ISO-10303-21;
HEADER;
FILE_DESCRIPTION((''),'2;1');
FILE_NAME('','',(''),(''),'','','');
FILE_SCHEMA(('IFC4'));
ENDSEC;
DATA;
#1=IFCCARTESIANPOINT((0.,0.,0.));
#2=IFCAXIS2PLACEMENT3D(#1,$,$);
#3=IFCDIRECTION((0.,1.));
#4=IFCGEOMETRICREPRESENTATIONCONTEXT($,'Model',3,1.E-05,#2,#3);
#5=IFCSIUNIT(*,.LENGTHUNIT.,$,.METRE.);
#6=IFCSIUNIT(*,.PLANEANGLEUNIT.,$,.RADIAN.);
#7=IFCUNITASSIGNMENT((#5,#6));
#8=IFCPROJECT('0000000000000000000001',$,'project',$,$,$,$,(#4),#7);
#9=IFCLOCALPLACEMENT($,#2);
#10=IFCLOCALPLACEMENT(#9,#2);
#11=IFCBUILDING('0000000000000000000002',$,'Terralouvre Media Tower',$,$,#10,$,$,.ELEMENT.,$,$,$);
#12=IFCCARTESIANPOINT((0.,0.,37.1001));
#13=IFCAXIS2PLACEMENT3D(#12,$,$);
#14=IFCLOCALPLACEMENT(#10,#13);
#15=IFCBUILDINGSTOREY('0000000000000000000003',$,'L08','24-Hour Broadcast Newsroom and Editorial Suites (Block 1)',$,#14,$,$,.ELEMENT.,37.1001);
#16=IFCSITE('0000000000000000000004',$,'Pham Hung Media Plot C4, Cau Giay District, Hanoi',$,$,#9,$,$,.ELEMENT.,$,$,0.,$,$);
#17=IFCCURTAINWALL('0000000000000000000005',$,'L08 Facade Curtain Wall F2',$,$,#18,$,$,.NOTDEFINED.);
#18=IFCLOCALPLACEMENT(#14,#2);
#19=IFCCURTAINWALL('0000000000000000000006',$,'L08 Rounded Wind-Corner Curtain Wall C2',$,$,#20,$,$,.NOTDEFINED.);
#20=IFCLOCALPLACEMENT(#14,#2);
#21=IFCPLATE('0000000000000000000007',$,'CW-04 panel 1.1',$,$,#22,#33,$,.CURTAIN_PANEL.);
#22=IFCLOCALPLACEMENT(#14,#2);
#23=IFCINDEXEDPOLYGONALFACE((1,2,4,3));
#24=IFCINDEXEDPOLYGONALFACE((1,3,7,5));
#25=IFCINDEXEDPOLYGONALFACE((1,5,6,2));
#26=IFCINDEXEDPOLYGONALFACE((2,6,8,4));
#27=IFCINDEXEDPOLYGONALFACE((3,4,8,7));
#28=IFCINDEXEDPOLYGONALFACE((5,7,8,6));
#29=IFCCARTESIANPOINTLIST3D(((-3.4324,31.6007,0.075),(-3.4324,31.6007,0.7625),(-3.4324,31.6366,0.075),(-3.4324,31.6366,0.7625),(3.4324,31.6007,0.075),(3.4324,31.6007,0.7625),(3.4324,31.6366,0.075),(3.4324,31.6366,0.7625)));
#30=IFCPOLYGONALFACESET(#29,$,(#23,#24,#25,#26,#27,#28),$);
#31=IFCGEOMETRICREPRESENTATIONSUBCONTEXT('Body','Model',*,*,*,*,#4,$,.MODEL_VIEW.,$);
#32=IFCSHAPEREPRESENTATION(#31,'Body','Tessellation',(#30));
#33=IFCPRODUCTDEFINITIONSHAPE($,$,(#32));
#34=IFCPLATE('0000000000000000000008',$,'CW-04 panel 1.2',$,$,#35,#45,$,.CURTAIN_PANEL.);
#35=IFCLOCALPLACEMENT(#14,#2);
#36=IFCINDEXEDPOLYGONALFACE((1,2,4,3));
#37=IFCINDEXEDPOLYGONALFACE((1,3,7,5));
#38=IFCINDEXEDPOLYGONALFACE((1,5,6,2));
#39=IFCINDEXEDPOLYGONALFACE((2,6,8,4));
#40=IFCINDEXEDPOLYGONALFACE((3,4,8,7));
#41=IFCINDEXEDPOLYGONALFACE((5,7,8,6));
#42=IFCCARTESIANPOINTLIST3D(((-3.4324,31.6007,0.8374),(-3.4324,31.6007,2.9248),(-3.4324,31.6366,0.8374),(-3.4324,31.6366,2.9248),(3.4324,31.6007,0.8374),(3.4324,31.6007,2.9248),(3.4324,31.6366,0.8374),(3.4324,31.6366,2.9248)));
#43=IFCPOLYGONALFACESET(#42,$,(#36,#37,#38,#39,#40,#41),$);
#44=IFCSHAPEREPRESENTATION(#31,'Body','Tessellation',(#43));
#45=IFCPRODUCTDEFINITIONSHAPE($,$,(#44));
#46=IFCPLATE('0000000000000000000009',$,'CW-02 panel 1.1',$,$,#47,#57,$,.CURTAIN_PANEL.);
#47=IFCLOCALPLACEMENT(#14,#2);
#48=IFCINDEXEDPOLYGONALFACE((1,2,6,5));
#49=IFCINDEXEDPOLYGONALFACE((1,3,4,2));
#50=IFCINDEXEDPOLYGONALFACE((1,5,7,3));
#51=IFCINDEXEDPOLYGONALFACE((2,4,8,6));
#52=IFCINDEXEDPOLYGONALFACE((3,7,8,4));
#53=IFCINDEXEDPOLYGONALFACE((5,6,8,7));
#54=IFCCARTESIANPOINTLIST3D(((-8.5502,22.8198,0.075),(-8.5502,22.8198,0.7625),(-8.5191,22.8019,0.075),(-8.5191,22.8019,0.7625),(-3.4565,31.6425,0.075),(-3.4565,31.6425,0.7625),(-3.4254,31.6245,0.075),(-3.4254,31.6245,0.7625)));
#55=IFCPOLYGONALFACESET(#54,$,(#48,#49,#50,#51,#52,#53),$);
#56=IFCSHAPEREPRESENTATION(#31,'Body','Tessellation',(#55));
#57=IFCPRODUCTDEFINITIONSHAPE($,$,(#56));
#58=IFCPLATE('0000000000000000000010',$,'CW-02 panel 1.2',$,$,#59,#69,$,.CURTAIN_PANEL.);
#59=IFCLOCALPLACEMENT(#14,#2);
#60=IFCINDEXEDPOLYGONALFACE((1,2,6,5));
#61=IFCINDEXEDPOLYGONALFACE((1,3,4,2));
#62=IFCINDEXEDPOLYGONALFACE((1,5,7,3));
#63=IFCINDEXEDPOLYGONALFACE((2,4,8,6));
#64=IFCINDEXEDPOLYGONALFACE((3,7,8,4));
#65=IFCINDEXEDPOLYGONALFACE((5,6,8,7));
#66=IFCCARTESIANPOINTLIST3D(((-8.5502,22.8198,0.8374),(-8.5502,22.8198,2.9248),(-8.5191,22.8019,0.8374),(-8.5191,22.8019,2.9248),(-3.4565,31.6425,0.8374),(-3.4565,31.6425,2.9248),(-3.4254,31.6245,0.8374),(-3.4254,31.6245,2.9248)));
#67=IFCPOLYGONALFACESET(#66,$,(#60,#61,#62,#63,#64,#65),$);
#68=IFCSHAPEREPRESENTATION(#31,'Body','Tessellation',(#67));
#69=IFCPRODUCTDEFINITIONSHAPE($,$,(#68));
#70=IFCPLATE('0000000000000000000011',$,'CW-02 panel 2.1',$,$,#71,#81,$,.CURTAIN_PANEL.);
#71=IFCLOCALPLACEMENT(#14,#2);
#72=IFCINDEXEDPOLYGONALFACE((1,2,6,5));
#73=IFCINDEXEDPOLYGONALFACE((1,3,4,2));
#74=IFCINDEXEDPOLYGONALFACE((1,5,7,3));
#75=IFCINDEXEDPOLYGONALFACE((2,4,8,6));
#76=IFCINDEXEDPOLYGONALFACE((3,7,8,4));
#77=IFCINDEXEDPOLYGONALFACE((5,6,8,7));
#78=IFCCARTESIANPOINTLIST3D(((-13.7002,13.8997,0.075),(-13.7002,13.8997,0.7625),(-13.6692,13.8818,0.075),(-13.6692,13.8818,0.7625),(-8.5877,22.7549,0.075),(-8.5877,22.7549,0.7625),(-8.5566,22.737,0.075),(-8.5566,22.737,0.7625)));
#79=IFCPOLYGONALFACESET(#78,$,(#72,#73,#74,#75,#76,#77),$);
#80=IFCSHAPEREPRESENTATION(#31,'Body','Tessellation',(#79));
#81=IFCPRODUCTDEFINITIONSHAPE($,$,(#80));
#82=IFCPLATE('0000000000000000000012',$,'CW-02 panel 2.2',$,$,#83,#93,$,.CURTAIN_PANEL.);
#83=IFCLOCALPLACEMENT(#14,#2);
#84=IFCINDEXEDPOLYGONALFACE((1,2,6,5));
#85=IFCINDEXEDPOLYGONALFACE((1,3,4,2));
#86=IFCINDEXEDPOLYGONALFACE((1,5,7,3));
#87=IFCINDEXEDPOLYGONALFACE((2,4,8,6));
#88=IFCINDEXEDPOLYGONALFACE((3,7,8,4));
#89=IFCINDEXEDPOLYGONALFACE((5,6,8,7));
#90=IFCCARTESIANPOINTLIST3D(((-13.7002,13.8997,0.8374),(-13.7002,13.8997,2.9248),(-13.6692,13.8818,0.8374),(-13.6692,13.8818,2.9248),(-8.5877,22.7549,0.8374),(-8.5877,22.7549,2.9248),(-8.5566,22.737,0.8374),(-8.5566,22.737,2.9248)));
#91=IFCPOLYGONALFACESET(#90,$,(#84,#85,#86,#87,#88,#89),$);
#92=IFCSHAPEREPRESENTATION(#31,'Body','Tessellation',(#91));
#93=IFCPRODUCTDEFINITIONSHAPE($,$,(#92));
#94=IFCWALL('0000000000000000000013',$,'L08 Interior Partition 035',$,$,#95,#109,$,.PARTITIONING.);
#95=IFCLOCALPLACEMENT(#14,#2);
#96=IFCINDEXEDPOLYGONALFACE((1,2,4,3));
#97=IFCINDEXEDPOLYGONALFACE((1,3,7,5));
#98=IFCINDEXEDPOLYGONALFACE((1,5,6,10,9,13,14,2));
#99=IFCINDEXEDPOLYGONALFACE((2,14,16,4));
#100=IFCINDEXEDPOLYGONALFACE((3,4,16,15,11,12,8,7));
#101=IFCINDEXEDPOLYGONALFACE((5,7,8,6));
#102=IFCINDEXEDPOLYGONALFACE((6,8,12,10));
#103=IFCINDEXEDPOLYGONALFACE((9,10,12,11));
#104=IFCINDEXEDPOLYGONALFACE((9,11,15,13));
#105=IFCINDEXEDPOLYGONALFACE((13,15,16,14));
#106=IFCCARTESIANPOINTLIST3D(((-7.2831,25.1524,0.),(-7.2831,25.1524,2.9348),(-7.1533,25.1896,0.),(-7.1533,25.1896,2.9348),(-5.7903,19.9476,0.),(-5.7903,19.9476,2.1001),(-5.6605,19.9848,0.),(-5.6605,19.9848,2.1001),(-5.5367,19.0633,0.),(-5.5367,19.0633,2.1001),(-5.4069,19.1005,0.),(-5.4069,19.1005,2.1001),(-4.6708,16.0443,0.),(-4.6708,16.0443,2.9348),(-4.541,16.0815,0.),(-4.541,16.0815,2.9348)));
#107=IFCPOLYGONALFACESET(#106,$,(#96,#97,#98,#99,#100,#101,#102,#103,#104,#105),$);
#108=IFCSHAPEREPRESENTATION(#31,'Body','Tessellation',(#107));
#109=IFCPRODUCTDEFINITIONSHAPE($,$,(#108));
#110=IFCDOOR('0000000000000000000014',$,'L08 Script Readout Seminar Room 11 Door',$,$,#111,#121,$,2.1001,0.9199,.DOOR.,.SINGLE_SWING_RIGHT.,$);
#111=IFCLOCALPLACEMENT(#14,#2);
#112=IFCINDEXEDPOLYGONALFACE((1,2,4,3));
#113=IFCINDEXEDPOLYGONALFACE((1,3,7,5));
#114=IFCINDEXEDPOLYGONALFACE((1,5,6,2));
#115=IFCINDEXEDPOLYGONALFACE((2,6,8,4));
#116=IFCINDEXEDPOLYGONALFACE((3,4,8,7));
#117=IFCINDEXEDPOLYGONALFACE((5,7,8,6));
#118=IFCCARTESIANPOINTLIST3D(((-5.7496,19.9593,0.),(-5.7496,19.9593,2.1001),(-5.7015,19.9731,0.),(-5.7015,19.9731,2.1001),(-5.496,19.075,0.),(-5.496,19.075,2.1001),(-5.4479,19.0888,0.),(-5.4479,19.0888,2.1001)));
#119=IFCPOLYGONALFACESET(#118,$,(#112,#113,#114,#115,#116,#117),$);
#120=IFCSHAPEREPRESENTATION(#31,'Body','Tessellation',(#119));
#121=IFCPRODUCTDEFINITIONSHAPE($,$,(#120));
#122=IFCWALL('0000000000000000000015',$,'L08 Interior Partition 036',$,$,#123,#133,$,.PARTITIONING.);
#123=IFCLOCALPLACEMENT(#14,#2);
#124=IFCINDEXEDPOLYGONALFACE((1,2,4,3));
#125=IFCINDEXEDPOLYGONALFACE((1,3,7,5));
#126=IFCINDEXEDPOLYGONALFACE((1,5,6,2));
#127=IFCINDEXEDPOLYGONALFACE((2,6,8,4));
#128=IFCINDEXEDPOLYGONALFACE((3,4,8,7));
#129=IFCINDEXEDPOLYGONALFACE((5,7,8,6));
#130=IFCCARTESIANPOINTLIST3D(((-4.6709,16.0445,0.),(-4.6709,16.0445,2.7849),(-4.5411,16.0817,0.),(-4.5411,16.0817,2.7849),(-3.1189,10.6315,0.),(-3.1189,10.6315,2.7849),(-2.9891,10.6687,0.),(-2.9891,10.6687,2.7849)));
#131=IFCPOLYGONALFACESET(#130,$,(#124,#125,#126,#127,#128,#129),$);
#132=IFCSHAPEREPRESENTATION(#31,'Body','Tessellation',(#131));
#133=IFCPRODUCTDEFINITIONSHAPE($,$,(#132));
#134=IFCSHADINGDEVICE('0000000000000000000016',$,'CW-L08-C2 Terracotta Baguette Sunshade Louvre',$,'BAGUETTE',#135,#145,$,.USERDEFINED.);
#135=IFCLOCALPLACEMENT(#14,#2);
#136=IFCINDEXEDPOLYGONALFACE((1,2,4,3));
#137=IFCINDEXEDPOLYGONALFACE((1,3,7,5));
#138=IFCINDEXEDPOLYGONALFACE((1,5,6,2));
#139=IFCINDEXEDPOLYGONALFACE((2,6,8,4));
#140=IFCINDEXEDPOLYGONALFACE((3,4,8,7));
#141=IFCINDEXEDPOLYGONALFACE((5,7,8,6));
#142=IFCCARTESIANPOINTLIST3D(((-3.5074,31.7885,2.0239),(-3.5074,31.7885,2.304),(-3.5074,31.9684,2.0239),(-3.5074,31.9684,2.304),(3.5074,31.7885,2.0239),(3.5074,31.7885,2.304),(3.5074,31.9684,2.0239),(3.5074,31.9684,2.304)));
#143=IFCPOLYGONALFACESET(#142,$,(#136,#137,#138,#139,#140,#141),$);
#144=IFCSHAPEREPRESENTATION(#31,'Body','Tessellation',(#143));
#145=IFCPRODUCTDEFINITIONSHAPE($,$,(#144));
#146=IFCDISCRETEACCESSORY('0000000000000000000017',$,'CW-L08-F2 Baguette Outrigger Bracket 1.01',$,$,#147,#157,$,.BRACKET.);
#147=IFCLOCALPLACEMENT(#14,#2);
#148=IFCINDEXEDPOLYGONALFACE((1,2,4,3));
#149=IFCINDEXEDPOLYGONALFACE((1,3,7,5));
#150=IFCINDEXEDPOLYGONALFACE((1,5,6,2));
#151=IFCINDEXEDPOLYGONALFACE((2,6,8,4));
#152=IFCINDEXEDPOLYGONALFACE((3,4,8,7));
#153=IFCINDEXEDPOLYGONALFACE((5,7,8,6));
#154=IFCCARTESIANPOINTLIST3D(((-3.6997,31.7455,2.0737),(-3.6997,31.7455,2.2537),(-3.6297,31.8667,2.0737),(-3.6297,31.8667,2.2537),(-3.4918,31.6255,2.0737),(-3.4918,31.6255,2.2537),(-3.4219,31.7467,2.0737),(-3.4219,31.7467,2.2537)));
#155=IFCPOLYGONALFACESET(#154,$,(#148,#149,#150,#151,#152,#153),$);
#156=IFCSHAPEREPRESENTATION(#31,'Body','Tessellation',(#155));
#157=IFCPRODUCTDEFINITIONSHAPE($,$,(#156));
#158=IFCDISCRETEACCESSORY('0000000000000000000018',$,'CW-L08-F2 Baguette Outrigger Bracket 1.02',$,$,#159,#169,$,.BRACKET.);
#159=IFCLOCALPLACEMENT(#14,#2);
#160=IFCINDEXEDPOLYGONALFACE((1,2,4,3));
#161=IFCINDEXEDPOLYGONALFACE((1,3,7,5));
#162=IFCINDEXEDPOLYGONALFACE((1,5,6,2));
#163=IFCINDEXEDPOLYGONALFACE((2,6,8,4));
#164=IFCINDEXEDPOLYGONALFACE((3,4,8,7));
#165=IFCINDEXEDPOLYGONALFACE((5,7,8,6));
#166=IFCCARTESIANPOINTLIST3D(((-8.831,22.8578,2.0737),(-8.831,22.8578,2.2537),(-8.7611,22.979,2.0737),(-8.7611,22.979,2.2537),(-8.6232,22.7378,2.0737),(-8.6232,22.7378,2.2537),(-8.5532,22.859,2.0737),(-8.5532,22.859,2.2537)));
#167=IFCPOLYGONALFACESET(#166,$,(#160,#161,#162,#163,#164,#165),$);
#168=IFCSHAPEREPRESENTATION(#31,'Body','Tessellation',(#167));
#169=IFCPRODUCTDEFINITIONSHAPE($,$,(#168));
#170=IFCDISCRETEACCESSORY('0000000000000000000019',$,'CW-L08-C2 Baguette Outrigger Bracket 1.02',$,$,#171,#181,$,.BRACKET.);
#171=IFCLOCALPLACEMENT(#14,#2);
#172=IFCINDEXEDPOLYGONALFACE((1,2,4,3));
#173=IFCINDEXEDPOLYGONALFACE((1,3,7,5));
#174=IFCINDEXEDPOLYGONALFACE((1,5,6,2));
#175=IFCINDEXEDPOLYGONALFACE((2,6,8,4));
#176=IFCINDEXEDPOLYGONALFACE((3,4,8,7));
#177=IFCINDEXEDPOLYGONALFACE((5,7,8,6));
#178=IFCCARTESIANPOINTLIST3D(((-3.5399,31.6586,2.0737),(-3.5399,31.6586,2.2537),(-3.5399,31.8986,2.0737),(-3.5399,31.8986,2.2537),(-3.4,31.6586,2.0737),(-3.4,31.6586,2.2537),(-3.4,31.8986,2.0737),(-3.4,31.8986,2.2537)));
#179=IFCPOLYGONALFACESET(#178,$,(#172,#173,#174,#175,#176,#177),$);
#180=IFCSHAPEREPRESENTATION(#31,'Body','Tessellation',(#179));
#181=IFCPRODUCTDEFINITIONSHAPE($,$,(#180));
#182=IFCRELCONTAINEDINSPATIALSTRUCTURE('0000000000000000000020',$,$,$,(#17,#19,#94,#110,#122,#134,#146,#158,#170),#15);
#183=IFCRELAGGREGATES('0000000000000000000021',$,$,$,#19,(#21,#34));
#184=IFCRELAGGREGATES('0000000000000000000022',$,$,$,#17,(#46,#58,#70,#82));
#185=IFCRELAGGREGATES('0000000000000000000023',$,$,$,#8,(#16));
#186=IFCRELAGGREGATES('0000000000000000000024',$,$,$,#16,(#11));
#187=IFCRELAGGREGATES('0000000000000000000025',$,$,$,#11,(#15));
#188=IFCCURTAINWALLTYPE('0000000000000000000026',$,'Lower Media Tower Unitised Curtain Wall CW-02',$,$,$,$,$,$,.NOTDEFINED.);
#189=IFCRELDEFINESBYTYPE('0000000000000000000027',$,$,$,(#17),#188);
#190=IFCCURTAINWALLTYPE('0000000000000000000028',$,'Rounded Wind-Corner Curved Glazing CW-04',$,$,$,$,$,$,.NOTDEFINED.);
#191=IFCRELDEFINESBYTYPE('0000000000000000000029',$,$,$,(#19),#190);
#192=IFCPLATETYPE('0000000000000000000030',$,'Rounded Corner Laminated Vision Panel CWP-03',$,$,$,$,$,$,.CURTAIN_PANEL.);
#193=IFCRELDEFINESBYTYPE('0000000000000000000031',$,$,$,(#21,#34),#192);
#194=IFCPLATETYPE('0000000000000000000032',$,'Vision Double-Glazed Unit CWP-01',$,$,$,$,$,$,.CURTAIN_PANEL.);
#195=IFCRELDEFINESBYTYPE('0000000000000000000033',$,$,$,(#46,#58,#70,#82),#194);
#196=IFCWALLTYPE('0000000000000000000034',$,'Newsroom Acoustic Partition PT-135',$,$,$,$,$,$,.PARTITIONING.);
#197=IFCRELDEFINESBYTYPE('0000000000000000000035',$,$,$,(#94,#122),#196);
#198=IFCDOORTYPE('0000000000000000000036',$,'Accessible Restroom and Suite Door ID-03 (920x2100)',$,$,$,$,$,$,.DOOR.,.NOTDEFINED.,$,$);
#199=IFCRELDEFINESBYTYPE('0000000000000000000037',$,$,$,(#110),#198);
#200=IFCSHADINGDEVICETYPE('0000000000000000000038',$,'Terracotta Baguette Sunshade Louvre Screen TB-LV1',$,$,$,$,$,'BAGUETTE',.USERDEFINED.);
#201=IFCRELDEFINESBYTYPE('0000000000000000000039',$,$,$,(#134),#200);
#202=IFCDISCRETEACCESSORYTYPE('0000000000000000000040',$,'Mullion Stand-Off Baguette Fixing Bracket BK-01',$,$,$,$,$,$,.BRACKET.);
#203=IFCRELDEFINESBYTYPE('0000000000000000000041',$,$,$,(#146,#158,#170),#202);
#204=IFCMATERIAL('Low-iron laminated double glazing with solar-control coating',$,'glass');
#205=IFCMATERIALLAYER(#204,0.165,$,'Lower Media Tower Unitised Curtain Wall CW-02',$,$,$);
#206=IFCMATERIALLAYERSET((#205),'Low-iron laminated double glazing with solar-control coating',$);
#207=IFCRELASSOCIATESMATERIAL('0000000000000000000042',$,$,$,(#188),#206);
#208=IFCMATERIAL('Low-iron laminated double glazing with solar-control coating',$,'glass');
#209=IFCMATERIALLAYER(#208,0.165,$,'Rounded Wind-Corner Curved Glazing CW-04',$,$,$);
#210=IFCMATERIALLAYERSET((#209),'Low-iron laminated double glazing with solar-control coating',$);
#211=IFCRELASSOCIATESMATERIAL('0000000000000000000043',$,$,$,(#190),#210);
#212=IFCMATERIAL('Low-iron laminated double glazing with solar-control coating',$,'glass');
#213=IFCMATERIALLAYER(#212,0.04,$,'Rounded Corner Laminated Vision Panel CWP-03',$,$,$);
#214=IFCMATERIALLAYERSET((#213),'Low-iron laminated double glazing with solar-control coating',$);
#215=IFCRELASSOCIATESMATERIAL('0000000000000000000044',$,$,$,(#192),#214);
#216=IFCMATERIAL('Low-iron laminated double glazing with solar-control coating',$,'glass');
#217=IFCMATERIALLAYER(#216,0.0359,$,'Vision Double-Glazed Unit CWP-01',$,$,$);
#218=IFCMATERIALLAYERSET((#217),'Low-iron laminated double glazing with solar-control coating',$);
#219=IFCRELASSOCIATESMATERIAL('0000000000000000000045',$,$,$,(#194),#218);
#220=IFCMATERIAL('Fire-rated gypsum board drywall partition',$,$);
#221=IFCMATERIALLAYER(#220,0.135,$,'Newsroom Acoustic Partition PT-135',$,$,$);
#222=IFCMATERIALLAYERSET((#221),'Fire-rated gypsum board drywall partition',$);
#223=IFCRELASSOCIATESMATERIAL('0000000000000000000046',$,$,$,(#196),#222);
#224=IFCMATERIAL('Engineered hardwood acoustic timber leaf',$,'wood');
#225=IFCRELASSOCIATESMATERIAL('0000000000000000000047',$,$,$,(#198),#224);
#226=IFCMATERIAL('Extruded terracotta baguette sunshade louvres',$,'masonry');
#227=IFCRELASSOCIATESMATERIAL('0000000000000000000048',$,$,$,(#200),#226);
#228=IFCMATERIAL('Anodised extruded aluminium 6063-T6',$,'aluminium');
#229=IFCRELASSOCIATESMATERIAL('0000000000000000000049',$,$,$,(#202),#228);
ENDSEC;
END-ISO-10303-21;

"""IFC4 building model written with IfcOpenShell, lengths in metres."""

from ifc_helpers import new_model, si_unit, direction, frame, frame_2d, origin, origin_2d, place, context, subcontext, project, spatial, rectangle, extrude, material, layer, layer_set, type_object, element, fill, aggregate, save


model = new_model("IFC4")

# Units and contexts
model_context = context("Model", 3, precision=1e-05, world=origin(), true_north=direction((0.0, 1.0)))
body_context = subcontext(model_context, "Body", "Model", "MODEL_VIEW")
ifc_project = project(units=[si_unit("LENGTHUNIT", "METRE"), si_unit("PLANEANGLEUNIT", "RADIAN")], contexts=[model_context])

# Site, building, storey
site_placement = place(None, origin())
site = spatial("IfcSite", under=ifc_project, at=site_placement, Name="Pham Hung Media Plot C4, Cau Giay District, Hanoi", CompositionType="ELEMENT", RefElevation=0.0)
building_placement = place(site_placement, origin())
building = spatial("IfcBuilding", under=site, at=building_placement, Name="Terralouvre Media Tower", CompositionType="ELEMENT")
storey_placement = place(building_placement, frame((0.0, 0.0, 37.1001)))
storey = spatial("IfcBuildingStorey", under=building, at=storey_placement, Name="L08", Description="24-Hour Broadcast Newsroom and Editorial Suites (Block 1)", CompositionType="ELEMENT", Elevation=37.1001)

# Curtain wall
ifc_material_1 = material(Name="Low-iron laminated double glazing with solar-control coating", Category="glass")
ifc_layer_1 = layer(ifc_material_1, 0.165, Name="Lower Media Tower Unitised Curtain Wall CW-02")
ifc_layer_set_1 = layer_set([ifc_layer_1], Name="Low-iron laminated double glazing with solar-control coating")
curtain_wall_type_1 = type_object("IfcCurtainWallType", Name="Lower Media Tower Unitised Curtain Wall CW-02", PredefinedType="NOTDEFINED", material=ifc_layer_set_1)
curtain_wall_1_placement = place(storey_placement, origin())
curtain_wall_1 = element("IfcCurtainWall", 1, at=curtain_wall_1_placement, inside=storey, type_object=curtain_wall_type_1, Name="L08 Facade Curtain Wall F2", PredefinedType="NOTDEFINED")

# Curtain wall
ifc_material_2 = material(Name="Low-iron laminated double glazing with solar-control coating", Category="glass")
ifc_layer_2 = layer(ifc_material_2, 0.165, Name="Rounded Wind-Corner Curved Glazing CW-04")
ifc_layer_set_2 = layer_set([ifc_layer_2], Name="Low-iron laminated double glazing with solar-control coating")
curtain_wall_type_2 = type_object("IfcCurtainWallType", Name="Rounded Wind-Corner Curved Glazing CW-04", PredefinedType="NOTDEFINED", material=ifc_layer_set_2)
curtain_wall_2_placement = place(storey_placement, origin())
curtain_wall_2 = element("IfcCurtainWall", 2, at=curtain_wall_2_placement, inside=storey, type_object=curtain_wall_type_2, Name="L08 Rounded Wind-Corner Curtain Wall C2", PredefinedType="NOTDEFINED")

# Plates
ifc_material_3 = material(Name="Low-iron laminated double glazing with solar-control coating", Category="glass")
ifc_layer_3 = layer(ifc_material_3, 0.04, Name="Rounded Corner Laminated Vision Panel CWP-03")
ifc_layer_set_3 = layer_set([ifc_layer_3], Name="Low-iron laminated double glazing with solar-control coating")
plate_type_1 = type_object("IfcPlateType", Name="Rounded Corner Laminated Vision Panel CWP-03", PredefinedType="CURTAIN_PANEL", material=ifc_layer_set_3)
plate_1_placement = place(storey_placement, frame((0.0, 31.6187, 0.075), z_axis=(0.0, 0.0, 1.0), x_axis=(-1.0, 0.0, 0.0)))
plate_1 = element("IfcPlate", 3, at=plate_1_placement, type_object=plate_type_1, Name="CW-04 panel 1.1", PredefinedType="CURTAIN_PANEL", context=body_context, shape_type="SweptSolid", body=[
    extrude(rectangle(XDim=6.8647, YDim=0.0359, at=origin_2d()), origin(), (0.0, 0.0, 1.0), 0.6875),
])
plate_2_placement = place(storey_placement, frame((0.0, 31.6187, 0.8374), z_axis=(0.0, 0.0, 1.0), x_axis=(-1.0, 0.0, 0.0)))
plate_2 = element("IfcPlate", 4, at=plate_2_placement, type_object=plate_type_1, Name="CW-04 panel 1.2", PredefinedType="CURTAIN_PANEL", context=body_context, shape_type="SweptSolid", body=[
    extrude(rectangle(XDim=6.8647, YDim=0.0359, at=origin_2d()), origin(), (0.0, 0.0, 1.0), 2.0874),
])
aggregate(curtain_wall_2, [plate_1, plate_2])
ifc_material_4 = material(Name="Low-iron laminated double glazing with solar-control coating", Category="glass")
ifc_layer_4 = layer(ifc_material_4, 0.0359, Name="Vision Double-Glazed Unit CWP-01")
ifc_layer_set_4 = layer_set([ifc_layer_4], Name="Low-iron laminated double glazing with solar-control coating")
plate_type_2 = type_object("IfcPlateType", Name="Vision Double-Glazed Unit CWP-01", PredefinedType="CURTAIN_PANEL", material=ifc_layer_set_4)
plate_3_placement = place(storey_placement, frame((-5.9878, 27.2222, 0.075), z_axis=(0.0, 0.0, 1.0), x_axis=(-0.5, -0.866025, 0.0)))
plate_3 = element("IfcPlate", 5, at=plate_3_placement, type_object=plate_type_2, Name="CW-02 panel 1.1", PredefinedType="CURTAIN_PANEL", context=body_context, shape_type="SweptSolid", body=[
    extrude(rectangle(XDim=10.1875, YDim=0.0359, at=origin_2d()), origin(), (0.0, 0.0, 1.0), 0.6875),
])
plate_4_placement = place(storey_placement, frame((-5.9878, 27.2222, 0.8374), z_axis=(0.0, 0.0, 1.0), x_axis=(-0.5, -0.866025, 0.0)))
plate_4 = element("IfcPlate", 6, at=plate_4_placement, type_object=plate_type_2, Name="CW-02 panel 1.2", PredefinedType="CURTAIN_PANEL", context=body_context, shape_type="SweptSolid", body=[
    extrude(rectangle(XDim=10.1875, YDim=0.0359, at=origin_2d()), origin(), (0.0, 0.0, 1.0), 2.0874),
])
plate_5_placement = place(storey_placement, frame((-11.1284, 18.3184, 0.075), z_axis=(0.0, 0.0, 1.0), x_axis=(-0.5, -0.866025, 0.0)))
plate_5 = element("IfcPlate", 7, at=plate_5_placement, type_object=plate_type_2, Name="CW-02 panel 2.1", PredefinedType="CURTAIN_PANEL", context=body_context, shape_type="SweptSolid", body=[
    extrude(rectangle(XDim=10.2251, YDim=0.0359, at=origin_2d()), origin(), (0.0, 0.0, 1.0), 0.6875),
])
plate_6_placement = place(storey_placement, frame((-11.1284, 18.3184, 0.8374), z_axis=(0.0, 0.0, 1.0), x_axis=(-0.5, -0.866025, 0.0)))
plate_6 = element("IfcPlate", 8, at=plate_6_placement, type_object=plate_type_2, Name="CW-02 panel 2.2", PredefinedType="CURTAIN_PANEL", context=body_context, shape_type="SweptSolid", body=[
    extrude(rectangle(XDim=10.2251, YDim=0.0359, at=origin_2d()), origin(), (0.0, 0.0, 1.0), 2.0874),
])
aggregate(curtain_wall_1, [plate_3, plate_4, plate_5, plate_6])

# Wall, opening, door
ifc_material_5 = material(Name="Fire-rated gypsum board drywall partition")
ifc_layer_5 = layer(ifc_material_5, 0.135, Name="Newsroom Acoustic Partition PT-135")
ifc_layer_set_5 = layer_set([ifc_layer_5], Name="Fire-rated gypsum board drywall partition")
wall_type = type_object("IfcWallType", Name="Newsroom Acoustic Partition PT-135", PredefinedType="PARTITIONING", material=ifc_layer_set_5)
wall_1_placement = place(storey_placement, frame((-7.2183, 25.1711, 0.0), z_axis=(0.0, 0.0, 1.0), x_axis=(0.275694, -0.961245, 0.0)))
wall_1 = element("IfcWall", 9, at=wall_1_placement, inside=storey, type_object=wall_type, Name="L08 Interior Partition 035", PredefinedType="PARTITIONING", context=body_context, shape_type="SweptSolid", body=[
    extrude(rectangle(XDim=9.4753, YDim=0.135, at=frame_2d((4.7378, 0.0))), origin(), (0.0, 0.0, 1.0), 2.9348),
])
opening_placement = place(wall_1_placement, frame((5.4148, 0.0, 0.0)))
opening = element("IfcOpeningElement", 10, at=opening_placement, cuts=wall_1, PredefinedType="OPENING", context=body_context, shape_type="SweptSolid", body=[
    extrude(rectangle(XDim=0.9199, YDim=2.1001, at=frame_2d((0.46, 1.05))), frame((0.0, 0.0774, 0.0), z_axis=(0.0, -1.0, 0.0), x_axis=(1.0, 0.0, 0.0)), (0.0, 0.0, 1.0), 0.155),
])
ifc_material_6 = material(Name="Engineered hardwood acoustic timber leaf", Category="wood")
door_type = type_object("IfcDoorType", Name="Accessible Restroom and Suite Door ID-03 (920x2100)", OperationType="NOTDEFINED", PredefinedType="DOOR", material=ifc_material_6)
door_placement = place(opening_placement, origin())
door = element("IfcDoor", 11, at=door_placement, inside=storey, type_object=door_type, Name="L08 Script Readout Seminar Room 11 Door", OperationType="SINGLE_SWING_RIGHT", OverallHeight=2.1001, OverallWidth=0.9199, PredefinedType="DOOR", context=body_context, shape_type="SweptSolid", body=[
    extrude(rectangle(XDim=0.9199, YDim=2.1001, at=frame_2d((0.46, 1.05))), frame((0.0, 0.0249, 0.0), z_axis=(0.0, -1.0, 0.0), x_axis=(1.0, 0.0, 0.0)), (0.0, 0.0, 1.0), 0.05),
])
fill(opening, door)

# Wall
wall_2_placement = place(storey_placement, frame((-4.606, 16.063, 0.0), z_axis=(0.0, 0.0, 1.0), x_axis=(0.275609, -0.96127, 0.0)))
element("IfcWall", 12, at=wall_2_placement, inside=storey, type_object=wall_type, Name="L08 Interior Partition 036", PredefinedType="PARTITIONING", context=body_context, shape_type="SweptSolid", body=[
    extrude(rectangle(XDim=5.6311, YDim=0.135, at=frame_2d((2.8154, 0.0))), origin(), (0.0, 0.0, 1.0), 2.7849),
])

# Shading device
ifc_material_7 = material(Name="Extruded terracotta baguette sunshade louvres", Category="masonry")
shading_device_type = type_object("IfcShadingDeviceType", Name="Terracotta Baguette Sunshade Louvre Screen TB-LV1", ElementType="BAGUETTE", PredefinedType="USERDEFINED", material=ifc_material_7)
shading_device_placement = place(storey_placement, frame((0.0, 31.8784, 2.0239), z_axis=(0.0, 0.0, 1.0), x_axis=(-1.0, 0.0, 0.0)))
element("IfcShadingDevice", 13, at=shading_device_placement, inside=storey, type_object=shading_device_type, Name="CW-L08-C2 Terracotta Baguette Sunshade Louvre", ObjectType="BAGUETTE", PredefinedType="USERDEFINED", context=body_context, shape_type="SweptSolid", body=[
    extrude(rectangle(XDim=7.0149, YDim=0.1799, at=origin_2d()), origin(), (0.0, 0.0, 1.0), 0.28),
])

# Discrete accessories
ifc_material_8 = material(Name="Anodised extruded aluminium 6063-T6", Category="aluminium")
discrete_accessory_type = type_object("IfcDiscreteAccessoryType", Name="Mullion Stand-Off Baguette Fixing Bracket BK-01", PredefinedType="BRACKET", material=ifc_material_8)
for number, where, z_axis, x_axis, name in (
    (14, (-3.5608, 31.7461, 2.0737), (0.0, 0.0, 1.0), (-0.5, -0.866025, 0.0), "CW-L08-F2 Baguette Outrigger Bracket 1.01"),
    (15, (-8.6921, 22.8584, 2.0737), (0.0, 0.0, 1.0), (-0.5, -0.866025, 0.0), "CW-L08-F2 Baguette Outrigger Bracket 1.02"),
    (16, (-3.47, 31.7786, 2.0737), (0.0, 0.0, 1.0), (-1.0, 0.0, 0.0), "CW-L08-C2 Baguette Outrigger Bracket 1.02"),
):
    element("IfcDiscreteAccessory", number, at=place(storey_placement, frame(where, z_axis=z_axis, x_axis=x_axis)), inside=storey, type_object=discrete_accessory_type, Name=name, PredefinedType="BRACKET", context=body_context, shape_type="SweptSolid", body=[
        extrude(rectangle(XDim=0.1399, YDim=0.24, at=origin_2d()), origin(), (0.0, 0.0, 1.0), 0.1799),
    ])

save(model, "model.ifc")
